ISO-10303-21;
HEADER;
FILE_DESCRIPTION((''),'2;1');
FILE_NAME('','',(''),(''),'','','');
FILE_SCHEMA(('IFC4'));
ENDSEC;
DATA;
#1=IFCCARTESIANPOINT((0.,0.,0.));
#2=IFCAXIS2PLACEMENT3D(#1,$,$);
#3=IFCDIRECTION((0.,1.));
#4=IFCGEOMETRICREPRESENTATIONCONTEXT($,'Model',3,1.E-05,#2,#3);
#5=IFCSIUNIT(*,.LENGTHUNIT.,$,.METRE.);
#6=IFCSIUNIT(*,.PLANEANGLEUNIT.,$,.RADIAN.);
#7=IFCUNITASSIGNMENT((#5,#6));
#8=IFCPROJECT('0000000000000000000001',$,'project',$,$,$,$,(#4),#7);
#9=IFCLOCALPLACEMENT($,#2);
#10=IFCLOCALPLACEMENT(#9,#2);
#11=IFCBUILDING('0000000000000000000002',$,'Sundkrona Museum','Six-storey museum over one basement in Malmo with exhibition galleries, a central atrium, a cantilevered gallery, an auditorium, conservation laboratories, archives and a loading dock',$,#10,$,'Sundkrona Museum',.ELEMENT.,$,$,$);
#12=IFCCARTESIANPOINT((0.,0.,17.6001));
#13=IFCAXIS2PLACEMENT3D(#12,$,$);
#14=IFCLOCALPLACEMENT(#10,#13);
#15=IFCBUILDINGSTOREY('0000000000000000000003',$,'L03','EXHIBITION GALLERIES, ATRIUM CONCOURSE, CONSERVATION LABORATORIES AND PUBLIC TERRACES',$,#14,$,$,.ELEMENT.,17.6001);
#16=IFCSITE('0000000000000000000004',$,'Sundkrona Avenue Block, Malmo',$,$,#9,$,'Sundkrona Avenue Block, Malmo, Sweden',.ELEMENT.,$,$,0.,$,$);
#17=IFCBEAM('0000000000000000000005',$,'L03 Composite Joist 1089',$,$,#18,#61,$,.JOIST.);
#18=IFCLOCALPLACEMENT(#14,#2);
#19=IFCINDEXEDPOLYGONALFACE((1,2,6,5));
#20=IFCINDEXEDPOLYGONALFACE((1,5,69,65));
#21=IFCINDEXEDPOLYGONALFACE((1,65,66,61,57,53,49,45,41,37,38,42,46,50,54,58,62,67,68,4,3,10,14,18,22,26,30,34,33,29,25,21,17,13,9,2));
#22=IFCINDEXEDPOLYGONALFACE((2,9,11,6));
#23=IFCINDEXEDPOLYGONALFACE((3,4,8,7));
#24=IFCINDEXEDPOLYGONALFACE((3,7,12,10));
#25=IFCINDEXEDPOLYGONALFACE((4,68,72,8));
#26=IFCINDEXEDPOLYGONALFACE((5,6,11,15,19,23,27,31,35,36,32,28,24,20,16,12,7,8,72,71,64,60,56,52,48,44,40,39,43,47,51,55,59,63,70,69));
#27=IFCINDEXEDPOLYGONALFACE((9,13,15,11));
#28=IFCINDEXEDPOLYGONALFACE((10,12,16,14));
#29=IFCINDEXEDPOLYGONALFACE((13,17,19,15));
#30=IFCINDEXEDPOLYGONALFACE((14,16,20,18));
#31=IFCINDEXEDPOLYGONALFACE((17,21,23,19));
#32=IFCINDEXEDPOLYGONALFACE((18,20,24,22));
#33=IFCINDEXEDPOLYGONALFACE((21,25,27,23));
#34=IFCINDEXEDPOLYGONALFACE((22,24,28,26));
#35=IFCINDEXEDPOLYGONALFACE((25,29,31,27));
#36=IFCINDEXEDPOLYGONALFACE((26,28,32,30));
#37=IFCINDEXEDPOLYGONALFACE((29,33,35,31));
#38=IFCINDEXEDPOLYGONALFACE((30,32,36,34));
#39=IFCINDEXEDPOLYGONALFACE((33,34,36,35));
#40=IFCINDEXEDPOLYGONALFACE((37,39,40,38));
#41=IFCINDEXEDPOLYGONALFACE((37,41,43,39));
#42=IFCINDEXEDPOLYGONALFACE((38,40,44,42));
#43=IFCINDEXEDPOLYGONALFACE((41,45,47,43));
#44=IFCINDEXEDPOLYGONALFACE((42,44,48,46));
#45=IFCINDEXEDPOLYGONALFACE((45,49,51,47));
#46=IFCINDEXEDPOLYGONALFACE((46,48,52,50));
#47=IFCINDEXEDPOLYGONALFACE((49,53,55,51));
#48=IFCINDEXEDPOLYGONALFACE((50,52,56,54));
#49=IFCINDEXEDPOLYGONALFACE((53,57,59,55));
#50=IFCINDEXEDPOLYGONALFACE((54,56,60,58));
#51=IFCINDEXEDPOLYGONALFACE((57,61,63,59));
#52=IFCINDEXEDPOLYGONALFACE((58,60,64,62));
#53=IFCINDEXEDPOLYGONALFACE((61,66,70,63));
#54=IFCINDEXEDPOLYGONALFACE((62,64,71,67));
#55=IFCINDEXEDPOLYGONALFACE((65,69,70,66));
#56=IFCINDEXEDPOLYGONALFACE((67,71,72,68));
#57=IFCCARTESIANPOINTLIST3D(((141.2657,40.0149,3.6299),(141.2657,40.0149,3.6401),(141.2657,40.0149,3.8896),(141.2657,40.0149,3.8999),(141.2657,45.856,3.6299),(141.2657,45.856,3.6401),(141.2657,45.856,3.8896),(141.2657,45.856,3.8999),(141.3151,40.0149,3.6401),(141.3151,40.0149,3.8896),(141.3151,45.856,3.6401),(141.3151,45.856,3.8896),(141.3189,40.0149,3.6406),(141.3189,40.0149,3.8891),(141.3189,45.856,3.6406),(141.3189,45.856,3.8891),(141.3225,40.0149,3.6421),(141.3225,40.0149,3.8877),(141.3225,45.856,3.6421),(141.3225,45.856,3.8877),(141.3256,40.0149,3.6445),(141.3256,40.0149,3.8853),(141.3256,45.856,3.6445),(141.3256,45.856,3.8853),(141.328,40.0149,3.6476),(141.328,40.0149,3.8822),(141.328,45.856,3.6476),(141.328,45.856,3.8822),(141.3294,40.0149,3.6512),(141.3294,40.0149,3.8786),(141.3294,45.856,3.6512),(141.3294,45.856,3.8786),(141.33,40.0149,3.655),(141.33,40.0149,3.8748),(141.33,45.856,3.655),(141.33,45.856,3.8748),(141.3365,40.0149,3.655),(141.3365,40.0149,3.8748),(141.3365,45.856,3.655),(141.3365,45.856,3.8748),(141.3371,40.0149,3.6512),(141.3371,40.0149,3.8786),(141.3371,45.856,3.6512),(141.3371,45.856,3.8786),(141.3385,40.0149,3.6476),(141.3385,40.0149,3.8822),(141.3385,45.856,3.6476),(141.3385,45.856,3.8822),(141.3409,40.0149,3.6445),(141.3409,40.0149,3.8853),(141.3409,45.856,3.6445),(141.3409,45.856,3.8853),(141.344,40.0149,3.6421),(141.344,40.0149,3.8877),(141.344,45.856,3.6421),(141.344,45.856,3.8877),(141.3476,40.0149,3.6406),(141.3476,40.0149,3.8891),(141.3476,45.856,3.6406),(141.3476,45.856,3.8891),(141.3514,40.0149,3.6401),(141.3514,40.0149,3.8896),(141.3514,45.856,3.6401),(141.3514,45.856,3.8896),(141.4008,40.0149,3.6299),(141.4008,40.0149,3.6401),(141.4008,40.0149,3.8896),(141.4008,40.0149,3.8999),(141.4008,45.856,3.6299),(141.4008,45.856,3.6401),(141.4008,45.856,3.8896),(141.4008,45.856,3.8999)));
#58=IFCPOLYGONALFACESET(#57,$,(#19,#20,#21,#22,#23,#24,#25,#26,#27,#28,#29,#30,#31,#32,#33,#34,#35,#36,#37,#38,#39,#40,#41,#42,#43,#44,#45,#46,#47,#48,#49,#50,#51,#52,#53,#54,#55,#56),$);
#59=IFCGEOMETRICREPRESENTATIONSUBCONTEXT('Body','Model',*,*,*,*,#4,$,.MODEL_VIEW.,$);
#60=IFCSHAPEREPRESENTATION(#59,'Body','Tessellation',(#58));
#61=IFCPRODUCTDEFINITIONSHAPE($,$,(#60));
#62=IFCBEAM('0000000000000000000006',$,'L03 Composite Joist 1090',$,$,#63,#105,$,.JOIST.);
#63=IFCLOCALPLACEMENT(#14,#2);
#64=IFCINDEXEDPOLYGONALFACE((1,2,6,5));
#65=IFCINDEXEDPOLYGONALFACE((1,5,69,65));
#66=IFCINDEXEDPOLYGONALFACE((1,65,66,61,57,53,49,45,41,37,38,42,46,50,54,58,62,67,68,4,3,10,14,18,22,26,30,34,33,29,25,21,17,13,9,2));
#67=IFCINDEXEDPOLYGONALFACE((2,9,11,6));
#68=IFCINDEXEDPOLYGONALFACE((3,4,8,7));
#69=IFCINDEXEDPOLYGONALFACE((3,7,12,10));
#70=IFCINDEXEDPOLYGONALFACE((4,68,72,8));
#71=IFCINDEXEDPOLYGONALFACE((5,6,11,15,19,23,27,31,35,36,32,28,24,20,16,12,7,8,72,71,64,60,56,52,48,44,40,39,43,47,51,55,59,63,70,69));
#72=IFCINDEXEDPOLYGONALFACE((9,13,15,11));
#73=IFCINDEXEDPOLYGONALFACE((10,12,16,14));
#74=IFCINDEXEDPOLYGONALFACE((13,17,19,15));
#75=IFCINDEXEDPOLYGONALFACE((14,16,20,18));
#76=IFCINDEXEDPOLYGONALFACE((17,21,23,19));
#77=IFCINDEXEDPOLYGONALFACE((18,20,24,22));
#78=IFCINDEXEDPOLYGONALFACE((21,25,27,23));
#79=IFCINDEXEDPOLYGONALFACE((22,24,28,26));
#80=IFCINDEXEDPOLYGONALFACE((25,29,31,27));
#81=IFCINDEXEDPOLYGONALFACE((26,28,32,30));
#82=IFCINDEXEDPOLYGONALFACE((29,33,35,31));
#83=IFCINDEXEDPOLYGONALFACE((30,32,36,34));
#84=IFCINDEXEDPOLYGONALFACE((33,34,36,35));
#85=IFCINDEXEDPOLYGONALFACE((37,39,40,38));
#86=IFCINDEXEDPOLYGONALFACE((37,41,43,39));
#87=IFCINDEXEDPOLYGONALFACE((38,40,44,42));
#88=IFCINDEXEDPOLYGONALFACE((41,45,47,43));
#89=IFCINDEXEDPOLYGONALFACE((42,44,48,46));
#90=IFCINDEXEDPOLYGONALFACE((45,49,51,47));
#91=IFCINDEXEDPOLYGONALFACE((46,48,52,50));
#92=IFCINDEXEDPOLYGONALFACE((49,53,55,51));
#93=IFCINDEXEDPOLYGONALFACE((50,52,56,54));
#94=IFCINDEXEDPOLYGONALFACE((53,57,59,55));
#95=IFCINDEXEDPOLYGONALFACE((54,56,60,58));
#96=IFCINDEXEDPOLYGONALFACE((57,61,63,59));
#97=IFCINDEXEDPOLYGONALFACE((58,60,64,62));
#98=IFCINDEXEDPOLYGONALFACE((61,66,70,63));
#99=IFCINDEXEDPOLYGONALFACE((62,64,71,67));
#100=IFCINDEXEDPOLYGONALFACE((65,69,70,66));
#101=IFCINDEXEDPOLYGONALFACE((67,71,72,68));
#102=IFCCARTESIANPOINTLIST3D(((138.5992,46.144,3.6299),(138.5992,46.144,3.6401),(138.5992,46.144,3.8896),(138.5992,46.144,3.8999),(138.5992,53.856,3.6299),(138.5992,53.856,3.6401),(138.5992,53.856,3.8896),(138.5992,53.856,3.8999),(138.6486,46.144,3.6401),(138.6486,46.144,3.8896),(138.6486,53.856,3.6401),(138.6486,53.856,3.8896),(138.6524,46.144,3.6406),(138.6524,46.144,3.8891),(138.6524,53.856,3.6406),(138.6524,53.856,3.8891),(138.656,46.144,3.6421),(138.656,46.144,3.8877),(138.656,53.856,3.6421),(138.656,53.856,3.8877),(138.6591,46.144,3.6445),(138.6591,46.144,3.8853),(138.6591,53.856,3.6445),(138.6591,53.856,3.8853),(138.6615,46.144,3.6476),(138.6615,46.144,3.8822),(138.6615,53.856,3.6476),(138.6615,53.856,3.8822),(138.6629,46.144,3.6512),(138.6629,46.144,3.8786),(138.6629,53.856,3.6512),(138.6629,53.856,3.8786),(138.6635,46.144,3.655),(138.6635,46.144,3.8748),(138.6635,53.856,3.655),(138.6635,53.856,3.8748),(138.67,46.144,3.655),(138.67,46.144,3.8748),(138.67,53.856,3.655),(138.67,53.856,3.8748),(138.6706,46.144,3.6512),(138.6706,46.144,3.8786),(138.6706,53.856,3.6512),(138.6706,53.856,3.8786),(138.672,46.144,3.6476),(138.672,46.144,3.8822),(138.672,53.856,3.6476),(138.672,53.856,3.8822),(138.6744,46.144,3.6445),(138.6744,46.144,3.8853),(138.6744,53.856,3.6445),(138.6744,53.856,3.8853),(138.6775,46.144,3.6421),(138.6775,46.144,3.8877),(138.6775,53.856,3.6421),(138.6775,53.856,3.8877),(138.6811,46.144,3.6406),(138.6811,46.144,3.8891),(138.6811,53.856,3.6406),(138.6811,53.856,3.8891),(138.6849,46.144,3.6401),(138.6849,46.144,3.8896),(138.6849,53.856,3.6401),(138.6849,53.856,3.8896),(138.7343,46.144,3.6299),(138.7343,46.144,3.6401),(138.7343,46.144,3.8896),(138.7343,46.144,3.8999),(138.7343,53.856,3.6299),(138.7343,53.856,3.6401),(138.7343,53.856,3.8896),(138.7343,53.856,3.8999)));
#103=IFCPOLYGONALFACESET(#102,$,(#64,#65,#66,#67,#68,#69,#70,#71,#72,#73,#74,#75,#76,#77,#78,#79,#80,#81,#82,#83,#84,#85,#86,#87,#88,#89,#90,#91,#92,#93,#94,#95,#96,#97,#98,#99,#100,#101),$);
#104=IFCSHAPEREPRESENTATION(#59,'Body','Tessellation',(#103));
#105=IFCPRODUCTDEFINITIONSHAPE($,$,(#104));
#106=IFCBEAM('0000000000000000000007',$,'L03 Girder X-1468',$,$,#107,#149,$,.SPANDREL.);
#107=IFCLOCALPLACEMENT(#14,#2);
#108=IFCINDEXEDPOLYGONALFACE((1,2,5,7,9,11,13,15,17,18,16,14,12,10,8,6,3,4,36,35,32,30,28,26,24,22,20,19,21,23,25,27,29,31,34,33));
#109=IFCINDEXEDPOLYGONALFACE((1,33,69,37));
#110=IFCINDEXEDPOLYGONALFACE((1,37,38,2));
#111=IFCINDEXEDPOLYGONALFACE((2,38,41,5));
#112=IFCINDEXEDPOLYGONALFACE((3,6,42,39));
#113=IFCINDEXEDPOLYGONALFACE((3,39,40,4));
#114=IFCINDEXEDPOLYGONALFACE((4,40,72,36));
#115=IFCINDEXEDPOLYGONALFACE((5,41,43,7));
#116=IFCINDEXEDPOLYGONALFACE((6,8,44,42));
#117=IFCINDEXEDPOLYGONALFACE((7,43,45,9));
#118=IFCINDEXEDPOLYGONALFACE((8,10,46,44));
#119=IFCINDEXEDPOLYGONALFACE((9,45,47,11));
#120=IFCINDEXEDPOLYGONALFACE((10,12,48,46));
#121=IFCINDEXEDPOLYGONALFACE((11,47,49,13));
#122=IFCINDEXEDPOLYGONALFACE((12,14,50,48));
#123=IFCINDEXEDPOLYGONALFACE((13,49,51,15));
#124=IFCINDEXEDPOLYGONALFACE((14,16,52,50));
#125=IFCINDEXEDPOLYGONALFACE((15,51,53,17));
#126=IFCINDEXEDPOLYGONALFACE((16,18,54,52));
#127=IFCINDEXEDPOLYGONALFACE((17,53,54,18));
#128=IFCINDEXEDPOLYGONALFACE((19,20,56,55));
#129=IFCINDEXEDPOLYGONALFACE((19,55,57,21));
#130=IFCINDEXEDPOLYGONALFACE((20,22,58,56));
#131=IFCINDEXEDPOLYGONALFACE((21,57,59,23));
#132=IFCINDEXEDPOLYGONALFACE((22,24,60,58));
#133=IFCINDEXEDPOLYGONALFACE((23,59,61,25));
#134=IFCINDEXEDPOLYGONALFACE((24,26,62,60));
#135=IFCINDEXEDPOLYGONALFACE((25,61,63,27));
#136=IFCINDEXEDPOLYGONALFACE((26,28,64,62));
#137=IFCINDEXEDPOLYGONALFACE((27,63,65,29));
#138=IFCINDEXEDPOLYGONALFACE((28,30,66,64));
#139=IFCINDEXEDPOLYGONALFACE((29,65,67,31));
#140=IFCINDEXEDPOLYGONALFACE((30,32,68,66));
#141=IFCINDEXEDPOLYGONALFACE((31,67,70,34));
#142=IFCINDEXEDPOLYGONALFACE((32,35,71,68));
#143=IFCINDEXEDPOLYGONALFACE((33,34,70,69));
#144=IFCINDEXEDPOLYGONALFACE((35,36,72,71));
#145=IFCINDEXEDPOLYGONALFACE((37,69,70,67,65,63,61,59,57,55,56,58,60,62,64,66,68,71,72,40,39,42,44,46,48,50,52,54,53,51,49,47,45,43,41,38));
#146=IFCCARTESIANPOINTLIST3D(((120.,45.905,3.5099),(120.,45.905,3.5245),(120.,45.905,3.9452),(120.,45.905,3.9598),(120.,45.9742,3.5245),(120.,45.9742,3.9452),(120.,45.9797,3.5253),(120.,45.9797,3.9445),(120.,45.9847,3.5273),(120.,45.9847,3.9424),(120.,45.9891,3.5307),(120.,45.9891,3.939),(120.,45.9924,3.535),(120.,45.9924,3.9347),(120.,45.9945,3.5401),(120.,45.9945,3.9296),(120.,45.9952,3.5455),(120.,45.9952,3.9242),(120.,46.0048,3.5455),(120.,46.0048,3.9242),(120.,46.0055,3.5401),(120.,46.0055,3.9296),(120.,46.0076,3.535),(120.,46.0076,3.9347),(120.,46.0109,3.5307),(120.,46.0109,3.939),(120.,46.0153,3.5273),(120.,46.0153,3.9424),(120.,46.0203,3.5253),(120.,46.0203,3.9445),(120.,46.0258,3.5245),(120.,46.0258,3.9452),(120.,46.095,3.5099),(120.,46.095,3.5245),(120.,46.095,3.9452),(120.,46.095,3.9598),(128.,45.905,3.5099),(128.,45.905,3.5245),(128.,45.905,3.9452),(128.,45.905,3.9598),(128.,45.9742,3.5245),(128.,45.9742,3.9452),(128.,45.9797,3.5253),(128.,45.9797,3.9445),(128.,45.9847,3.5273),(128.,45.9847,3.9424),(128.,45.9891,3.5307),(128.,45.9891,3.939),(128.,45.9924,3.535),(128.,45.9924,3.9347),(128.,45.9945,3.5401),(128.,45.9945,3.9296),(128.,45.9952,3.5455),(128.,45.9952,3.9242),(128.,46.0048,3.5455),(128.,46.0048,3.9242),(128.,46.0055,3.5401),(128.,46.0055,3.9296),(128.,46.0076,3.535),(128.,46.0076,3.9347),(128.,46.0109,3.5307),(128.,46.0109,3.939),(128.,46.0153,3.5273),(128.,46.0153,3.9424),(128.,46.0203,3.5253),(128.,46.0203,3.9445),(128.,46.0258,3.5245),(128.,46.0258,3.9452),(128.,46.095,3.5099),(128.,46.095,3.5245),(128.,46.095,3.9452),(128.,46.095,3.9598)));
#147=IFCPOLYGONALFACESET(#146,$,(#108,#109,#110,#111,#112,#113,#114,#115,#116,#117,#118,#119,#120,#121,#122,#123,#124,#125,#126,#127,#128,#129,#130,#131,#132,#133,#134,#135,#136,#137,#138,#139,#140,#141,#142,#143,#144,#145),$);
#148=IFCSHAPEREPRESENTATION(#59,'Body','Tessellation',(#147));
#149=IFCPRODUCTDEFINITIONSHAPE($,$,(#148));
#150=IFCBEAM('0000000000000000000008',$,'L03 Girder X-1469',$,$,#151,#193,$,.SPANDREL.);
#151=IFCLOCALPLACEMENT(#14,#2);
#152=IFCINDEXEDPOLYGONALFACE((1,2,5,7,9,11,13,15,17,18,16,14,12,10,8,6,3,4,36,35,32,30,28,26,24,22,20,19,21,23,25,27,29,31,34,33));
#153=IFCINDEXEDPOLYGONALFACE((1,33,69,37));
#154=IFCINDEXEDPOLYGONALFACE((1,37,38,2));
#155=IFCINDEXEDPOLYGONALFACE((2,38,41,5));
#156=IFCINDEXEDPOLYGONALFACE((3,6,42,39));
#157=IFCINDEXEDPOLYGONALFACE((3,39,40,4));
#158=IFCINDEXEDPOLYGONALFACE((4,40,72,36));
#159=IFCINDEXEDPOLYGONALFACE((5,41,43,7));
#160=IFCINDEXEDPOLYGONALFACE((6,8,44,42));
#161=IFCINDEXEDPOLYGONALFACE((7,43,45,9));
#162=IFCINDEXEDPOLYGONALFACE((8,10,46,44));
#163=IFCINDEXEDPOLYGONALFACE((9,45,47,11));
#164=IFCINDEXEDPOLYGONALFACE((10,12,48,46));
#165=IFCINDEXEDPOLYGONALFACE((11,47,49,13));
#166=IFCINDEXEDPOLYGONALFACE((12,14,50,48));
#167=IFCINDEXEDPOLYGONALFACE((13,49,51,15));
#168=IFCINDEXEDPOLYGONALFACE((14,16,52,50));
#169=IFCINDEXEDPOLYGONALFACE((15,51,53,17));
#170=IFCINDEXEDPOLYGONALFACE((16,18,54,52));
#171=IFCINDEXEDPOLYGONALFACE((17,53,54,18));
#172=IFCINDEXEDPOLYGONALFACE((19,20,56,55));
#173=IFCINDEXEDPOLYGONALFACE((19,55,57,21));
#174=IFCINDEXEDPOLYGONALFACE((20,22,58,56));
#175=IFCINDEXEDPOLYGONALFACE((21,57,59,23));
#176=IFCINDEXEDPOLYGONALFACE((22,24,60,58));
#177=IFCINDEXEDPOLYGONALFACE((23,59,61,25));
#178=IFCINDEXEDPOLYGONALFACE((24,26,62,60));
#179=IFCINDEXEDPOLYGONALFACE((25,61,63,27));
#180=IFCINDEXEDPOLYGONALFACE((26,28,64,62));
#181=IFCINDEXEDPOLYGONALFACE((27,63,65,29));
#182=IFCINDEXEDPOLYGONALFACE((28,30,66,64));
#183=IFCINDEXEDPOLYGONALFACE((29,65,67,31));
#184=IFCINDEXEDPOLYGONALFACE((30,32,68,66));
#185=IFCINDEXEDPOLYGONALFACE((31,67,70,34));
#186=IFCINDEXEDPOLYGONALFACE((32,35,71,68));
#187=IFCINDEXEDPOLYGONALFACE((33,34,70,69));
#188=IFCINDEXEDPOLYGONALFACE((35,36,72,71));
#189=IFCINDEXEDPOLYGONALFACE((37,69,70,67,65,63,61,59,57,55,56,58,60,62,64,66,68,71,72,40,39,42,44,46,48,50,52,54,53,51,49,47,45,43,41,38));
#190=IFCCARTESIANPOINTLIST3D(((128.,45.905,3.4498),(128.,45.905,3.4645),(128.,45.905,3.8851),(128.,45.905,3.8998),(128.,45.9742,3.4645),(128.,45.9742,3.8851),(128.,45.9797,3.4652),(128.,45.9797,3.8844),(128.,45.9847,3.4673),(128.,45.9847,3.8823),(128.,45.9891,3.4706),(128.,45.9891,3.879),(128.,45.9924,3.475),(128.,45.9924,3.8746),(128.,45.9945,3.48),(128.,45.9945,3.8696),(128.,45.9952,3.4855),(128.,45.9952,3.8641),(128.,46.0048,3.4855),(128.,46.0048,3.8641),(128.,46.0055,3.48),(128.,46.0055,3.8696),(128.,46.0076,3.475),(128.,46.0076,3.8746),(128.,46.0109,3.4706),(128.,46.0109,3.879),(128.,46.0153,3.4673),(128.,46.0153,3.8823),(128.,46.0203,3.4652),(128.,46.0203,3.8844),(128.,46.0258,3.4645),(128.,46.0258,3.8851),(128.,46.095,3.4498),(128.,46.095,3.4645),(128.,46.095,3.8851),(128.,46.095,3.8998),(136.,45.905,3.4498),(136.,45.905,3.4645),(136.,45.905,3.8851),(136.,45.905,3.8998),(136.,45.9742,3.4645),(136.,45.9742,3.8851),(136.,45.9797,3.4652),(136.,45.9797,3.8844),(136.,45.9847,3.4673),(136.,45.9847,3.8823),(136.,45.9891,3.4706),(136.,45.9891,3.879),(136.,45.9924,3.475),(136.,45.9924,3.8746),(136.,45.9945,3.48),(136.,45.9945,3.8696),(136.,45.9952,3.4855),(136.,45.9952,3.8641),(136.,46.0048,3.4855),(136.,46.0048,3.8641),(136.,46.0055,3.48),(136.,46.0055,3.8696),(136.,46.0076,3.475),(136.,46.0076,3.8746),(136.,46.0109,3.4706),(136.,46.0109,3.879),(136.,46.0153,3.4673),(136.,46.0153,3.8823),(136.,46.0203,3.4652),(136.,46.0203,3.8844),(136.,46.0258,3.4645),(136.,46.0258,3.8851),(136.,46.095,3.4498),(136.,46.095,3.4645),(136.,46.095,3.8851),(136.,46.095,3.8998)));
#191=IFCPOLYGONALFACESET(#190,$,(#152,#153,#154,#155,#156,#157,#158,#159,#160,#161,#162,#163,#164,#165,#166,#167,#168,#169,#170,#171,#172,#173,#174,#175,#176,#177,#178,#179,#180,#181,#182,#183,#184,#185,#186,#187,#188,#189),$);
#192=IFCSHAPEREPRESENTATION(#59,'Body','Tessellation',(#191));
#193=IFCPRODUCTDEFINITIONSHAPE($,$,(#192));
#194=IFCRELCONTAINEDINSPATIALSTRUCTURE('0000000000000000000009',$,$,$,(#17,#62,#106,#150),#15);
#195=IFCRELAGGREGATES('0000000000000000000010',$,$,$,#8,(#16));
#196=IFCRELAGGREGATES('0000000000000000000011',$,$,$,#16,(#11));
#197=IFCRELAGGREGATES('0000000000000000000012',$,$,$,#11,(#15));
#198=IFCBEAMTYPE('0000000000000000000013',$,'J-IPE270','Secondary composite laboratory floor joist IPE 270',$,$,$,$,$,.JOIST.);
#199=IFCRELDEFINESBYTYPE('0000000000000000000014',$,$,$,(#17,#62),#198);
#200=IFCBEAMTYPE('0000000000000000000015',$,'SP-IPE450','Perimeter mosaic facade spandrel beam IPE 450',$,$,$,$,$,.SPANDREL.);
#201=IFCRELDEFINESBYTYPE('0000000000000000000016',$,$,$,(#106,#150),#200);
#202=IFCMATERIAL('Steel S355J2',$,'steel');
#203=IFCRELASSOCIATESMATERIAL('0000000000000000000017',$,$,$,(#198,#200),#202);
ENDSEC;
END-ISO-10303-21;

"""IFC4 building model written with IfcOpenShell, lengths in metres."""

from ifc_helpers import new_model, si_unit, direction, frame, origin, origin_2d, place, context, subcontext, project, spatial, i_section, extrude, material, material_profile, profile_set, type_object, element, save


model = new_model("IFC4")

# Units and contexts
model_context = context("Model", 3, precision=1e-05, world=origin(), true_north=direction((0.0, 1.0)))
body_context = subcontext(model_context, "Body", "Model", "MODEL_VIEW")
ifc_project = project(units=[si_unit("LENGTHUNIT", "METRE"), si_unit("PLANEANGLEUNIT", "RADIAN")], contexts=[model_context])

# Site, building, storey
site_placement = place(None, origin())
site = spatial("IfcSite", under=ifc_project, at=site_placement, Name="Sundkrona Avenue Block, Malmo", LongName="Sundkrona Avenue Block, Malmo, Sweden", CompositionType="ELEMENT", RefElevation=0.0)
building_placement = place(site_placement, origin())
building = spatial("IfcBuilding", under=site, at=building_placement, Name="Sundkrona Museum", Description="Six-storey museum over one basement in Malmo with exhibition galleries, a central atrium, a cantilevered gallery, an auditorium, conservation laboratories, archives and a loading dock", LongName="Sundkrona Museum", CompositionType="ELEMENT")
storey_placement = place(building_placement, frame((0.0, 0.0, 17.6001)))
storey = spatial("IfcBuildingStorey", under=building, at=storey_placement, Name="L03", Description="EXHIBITION GALLERIES, ATRIUM CONCOURSE, CONSERVATION LABORATORIES AND PUBLIC TERRACES", CompositionType="ELEMENT", Elevation=17.6001)

# Shared definitions
ifc_material_1 = material(Name="Steel S355J2", Category="steel")

# Beams
ifc_material_profile_1 = material_profile(ifc_material_1, i_section(OverallWidth=0.135, OverallDepth=0.27, WebThickness=0.0066, FlangeThickness=0.0103, FilletRadius=0.0149, at=origin_2d()), Name="IPE 270")
ifc_profile_set_1 = profile_set([ifc_material_profile_1], Name="Steel S355J2")
beam_type_1 = type_object("IfcBeamType", Name="J-IPE270", Description="Secondary composite laboratory floor joist IPE 270", PredefinedType="JOIST", material=ifc_profile_set_1)
for number, where, z_axis, x_axis, name in (
    (1, (141.3333, 40.0149, 3.7649), (0.0, 1.0, 0.0), (-1.0, 0.0, 0.0), "L03 Composite Joist 1089"),
):
    element("IfcBeam", number, at=place(storey_placement, frame(where, z_axis=z_axis, x_axis=x_axis)), inside=storey, type_object=beam_type_1, Name=name, PredefinedType="JOIST", context=body_context, shape_type="SweptSolid", body=[
        extrude(i_section(OverallWidth=0.135, OverallDepth=0.27, WebThickness=0.0066, FlangeThickness=0.0103, FilletRadius=0.0149, at=origin_2d()), origin(), (0.0, 0.0, 1.0), 5.8411),
    ])
beam_1_placement = place(storey_placement, frame((138.6667, 46.144, 3.7649), z_axis=(0.0, 1.0, 0.0), x_axis=(-1.0, 0.0, 0.0)))
element("IfcBeam", 2, at=beam_1_placement, inside=storey, type_object=beam_type_1, Name="L03 Composite Joist 1090", PredefinedType="JOIST", context=body_context, shape_type="SweptSolid", body=[
    extrude(i_section(OverallWidth=0.135, OverallDepth=0.27, WebThickness=0.0066, FlangeThickness=0.0103, FilletRadius=0.0149, at=origin_2d()), origin(), (0.0, 0.0, 1.0), 7.7119),
])
ifc_material_profile_2 = material_profile(ifc_material_1, i_section(OverallWidth=0.1899, OverallDepth=0.45, WebThickness=0.0095, FlangeThickness=0.0146, FilletRadius=0.021, at=origin_2d()), Name="IPE 450")
ifc_profile_set_2 = profile_set([ifc_material_profile_2], Name="Steel S355J2")
beam_type_2 = type_object("IfcBeamType", Name="SP-IPE450", Description="Perimeter mosaic facade spandrel beam IPE 450", PredefinedType="SPANDREL", material=ifc_profile_set_2)
for number, where, z_axis, x_axis, name in (
    (3, (120.0, 46.0, 3.7349), (1.0, 0.0, 0.0), (0.0, 1.0, 0.0), "L03 Girder X-1468"),
    (4, (128.0, 46.0, 3.6748), (1.0, 0.0, 0.0), (0.0, 1.0, 0.0), "L03 Girder X-1469"),
):
    element("IfcBeam", number, at=place(storey_placement, frame(where, z_axis=z_axis, x_axis=x_axis)), inside=storey, type_object=beam_type_2, Name=name, PredefinedType="SPANDREL", context=body_context, shape_type="SweptSolid", body=[
        extrude(i_section(OverallWidth=0.1899, OverallDepth=0.45, WebThickness=0.0095, FlangeThickness=0.0146, FilletRadius=0.021, at=origin_2d()), origin(), (0.0, 0.0, 1.0), 8.0),
    ])

save(model, "model.ifc")
